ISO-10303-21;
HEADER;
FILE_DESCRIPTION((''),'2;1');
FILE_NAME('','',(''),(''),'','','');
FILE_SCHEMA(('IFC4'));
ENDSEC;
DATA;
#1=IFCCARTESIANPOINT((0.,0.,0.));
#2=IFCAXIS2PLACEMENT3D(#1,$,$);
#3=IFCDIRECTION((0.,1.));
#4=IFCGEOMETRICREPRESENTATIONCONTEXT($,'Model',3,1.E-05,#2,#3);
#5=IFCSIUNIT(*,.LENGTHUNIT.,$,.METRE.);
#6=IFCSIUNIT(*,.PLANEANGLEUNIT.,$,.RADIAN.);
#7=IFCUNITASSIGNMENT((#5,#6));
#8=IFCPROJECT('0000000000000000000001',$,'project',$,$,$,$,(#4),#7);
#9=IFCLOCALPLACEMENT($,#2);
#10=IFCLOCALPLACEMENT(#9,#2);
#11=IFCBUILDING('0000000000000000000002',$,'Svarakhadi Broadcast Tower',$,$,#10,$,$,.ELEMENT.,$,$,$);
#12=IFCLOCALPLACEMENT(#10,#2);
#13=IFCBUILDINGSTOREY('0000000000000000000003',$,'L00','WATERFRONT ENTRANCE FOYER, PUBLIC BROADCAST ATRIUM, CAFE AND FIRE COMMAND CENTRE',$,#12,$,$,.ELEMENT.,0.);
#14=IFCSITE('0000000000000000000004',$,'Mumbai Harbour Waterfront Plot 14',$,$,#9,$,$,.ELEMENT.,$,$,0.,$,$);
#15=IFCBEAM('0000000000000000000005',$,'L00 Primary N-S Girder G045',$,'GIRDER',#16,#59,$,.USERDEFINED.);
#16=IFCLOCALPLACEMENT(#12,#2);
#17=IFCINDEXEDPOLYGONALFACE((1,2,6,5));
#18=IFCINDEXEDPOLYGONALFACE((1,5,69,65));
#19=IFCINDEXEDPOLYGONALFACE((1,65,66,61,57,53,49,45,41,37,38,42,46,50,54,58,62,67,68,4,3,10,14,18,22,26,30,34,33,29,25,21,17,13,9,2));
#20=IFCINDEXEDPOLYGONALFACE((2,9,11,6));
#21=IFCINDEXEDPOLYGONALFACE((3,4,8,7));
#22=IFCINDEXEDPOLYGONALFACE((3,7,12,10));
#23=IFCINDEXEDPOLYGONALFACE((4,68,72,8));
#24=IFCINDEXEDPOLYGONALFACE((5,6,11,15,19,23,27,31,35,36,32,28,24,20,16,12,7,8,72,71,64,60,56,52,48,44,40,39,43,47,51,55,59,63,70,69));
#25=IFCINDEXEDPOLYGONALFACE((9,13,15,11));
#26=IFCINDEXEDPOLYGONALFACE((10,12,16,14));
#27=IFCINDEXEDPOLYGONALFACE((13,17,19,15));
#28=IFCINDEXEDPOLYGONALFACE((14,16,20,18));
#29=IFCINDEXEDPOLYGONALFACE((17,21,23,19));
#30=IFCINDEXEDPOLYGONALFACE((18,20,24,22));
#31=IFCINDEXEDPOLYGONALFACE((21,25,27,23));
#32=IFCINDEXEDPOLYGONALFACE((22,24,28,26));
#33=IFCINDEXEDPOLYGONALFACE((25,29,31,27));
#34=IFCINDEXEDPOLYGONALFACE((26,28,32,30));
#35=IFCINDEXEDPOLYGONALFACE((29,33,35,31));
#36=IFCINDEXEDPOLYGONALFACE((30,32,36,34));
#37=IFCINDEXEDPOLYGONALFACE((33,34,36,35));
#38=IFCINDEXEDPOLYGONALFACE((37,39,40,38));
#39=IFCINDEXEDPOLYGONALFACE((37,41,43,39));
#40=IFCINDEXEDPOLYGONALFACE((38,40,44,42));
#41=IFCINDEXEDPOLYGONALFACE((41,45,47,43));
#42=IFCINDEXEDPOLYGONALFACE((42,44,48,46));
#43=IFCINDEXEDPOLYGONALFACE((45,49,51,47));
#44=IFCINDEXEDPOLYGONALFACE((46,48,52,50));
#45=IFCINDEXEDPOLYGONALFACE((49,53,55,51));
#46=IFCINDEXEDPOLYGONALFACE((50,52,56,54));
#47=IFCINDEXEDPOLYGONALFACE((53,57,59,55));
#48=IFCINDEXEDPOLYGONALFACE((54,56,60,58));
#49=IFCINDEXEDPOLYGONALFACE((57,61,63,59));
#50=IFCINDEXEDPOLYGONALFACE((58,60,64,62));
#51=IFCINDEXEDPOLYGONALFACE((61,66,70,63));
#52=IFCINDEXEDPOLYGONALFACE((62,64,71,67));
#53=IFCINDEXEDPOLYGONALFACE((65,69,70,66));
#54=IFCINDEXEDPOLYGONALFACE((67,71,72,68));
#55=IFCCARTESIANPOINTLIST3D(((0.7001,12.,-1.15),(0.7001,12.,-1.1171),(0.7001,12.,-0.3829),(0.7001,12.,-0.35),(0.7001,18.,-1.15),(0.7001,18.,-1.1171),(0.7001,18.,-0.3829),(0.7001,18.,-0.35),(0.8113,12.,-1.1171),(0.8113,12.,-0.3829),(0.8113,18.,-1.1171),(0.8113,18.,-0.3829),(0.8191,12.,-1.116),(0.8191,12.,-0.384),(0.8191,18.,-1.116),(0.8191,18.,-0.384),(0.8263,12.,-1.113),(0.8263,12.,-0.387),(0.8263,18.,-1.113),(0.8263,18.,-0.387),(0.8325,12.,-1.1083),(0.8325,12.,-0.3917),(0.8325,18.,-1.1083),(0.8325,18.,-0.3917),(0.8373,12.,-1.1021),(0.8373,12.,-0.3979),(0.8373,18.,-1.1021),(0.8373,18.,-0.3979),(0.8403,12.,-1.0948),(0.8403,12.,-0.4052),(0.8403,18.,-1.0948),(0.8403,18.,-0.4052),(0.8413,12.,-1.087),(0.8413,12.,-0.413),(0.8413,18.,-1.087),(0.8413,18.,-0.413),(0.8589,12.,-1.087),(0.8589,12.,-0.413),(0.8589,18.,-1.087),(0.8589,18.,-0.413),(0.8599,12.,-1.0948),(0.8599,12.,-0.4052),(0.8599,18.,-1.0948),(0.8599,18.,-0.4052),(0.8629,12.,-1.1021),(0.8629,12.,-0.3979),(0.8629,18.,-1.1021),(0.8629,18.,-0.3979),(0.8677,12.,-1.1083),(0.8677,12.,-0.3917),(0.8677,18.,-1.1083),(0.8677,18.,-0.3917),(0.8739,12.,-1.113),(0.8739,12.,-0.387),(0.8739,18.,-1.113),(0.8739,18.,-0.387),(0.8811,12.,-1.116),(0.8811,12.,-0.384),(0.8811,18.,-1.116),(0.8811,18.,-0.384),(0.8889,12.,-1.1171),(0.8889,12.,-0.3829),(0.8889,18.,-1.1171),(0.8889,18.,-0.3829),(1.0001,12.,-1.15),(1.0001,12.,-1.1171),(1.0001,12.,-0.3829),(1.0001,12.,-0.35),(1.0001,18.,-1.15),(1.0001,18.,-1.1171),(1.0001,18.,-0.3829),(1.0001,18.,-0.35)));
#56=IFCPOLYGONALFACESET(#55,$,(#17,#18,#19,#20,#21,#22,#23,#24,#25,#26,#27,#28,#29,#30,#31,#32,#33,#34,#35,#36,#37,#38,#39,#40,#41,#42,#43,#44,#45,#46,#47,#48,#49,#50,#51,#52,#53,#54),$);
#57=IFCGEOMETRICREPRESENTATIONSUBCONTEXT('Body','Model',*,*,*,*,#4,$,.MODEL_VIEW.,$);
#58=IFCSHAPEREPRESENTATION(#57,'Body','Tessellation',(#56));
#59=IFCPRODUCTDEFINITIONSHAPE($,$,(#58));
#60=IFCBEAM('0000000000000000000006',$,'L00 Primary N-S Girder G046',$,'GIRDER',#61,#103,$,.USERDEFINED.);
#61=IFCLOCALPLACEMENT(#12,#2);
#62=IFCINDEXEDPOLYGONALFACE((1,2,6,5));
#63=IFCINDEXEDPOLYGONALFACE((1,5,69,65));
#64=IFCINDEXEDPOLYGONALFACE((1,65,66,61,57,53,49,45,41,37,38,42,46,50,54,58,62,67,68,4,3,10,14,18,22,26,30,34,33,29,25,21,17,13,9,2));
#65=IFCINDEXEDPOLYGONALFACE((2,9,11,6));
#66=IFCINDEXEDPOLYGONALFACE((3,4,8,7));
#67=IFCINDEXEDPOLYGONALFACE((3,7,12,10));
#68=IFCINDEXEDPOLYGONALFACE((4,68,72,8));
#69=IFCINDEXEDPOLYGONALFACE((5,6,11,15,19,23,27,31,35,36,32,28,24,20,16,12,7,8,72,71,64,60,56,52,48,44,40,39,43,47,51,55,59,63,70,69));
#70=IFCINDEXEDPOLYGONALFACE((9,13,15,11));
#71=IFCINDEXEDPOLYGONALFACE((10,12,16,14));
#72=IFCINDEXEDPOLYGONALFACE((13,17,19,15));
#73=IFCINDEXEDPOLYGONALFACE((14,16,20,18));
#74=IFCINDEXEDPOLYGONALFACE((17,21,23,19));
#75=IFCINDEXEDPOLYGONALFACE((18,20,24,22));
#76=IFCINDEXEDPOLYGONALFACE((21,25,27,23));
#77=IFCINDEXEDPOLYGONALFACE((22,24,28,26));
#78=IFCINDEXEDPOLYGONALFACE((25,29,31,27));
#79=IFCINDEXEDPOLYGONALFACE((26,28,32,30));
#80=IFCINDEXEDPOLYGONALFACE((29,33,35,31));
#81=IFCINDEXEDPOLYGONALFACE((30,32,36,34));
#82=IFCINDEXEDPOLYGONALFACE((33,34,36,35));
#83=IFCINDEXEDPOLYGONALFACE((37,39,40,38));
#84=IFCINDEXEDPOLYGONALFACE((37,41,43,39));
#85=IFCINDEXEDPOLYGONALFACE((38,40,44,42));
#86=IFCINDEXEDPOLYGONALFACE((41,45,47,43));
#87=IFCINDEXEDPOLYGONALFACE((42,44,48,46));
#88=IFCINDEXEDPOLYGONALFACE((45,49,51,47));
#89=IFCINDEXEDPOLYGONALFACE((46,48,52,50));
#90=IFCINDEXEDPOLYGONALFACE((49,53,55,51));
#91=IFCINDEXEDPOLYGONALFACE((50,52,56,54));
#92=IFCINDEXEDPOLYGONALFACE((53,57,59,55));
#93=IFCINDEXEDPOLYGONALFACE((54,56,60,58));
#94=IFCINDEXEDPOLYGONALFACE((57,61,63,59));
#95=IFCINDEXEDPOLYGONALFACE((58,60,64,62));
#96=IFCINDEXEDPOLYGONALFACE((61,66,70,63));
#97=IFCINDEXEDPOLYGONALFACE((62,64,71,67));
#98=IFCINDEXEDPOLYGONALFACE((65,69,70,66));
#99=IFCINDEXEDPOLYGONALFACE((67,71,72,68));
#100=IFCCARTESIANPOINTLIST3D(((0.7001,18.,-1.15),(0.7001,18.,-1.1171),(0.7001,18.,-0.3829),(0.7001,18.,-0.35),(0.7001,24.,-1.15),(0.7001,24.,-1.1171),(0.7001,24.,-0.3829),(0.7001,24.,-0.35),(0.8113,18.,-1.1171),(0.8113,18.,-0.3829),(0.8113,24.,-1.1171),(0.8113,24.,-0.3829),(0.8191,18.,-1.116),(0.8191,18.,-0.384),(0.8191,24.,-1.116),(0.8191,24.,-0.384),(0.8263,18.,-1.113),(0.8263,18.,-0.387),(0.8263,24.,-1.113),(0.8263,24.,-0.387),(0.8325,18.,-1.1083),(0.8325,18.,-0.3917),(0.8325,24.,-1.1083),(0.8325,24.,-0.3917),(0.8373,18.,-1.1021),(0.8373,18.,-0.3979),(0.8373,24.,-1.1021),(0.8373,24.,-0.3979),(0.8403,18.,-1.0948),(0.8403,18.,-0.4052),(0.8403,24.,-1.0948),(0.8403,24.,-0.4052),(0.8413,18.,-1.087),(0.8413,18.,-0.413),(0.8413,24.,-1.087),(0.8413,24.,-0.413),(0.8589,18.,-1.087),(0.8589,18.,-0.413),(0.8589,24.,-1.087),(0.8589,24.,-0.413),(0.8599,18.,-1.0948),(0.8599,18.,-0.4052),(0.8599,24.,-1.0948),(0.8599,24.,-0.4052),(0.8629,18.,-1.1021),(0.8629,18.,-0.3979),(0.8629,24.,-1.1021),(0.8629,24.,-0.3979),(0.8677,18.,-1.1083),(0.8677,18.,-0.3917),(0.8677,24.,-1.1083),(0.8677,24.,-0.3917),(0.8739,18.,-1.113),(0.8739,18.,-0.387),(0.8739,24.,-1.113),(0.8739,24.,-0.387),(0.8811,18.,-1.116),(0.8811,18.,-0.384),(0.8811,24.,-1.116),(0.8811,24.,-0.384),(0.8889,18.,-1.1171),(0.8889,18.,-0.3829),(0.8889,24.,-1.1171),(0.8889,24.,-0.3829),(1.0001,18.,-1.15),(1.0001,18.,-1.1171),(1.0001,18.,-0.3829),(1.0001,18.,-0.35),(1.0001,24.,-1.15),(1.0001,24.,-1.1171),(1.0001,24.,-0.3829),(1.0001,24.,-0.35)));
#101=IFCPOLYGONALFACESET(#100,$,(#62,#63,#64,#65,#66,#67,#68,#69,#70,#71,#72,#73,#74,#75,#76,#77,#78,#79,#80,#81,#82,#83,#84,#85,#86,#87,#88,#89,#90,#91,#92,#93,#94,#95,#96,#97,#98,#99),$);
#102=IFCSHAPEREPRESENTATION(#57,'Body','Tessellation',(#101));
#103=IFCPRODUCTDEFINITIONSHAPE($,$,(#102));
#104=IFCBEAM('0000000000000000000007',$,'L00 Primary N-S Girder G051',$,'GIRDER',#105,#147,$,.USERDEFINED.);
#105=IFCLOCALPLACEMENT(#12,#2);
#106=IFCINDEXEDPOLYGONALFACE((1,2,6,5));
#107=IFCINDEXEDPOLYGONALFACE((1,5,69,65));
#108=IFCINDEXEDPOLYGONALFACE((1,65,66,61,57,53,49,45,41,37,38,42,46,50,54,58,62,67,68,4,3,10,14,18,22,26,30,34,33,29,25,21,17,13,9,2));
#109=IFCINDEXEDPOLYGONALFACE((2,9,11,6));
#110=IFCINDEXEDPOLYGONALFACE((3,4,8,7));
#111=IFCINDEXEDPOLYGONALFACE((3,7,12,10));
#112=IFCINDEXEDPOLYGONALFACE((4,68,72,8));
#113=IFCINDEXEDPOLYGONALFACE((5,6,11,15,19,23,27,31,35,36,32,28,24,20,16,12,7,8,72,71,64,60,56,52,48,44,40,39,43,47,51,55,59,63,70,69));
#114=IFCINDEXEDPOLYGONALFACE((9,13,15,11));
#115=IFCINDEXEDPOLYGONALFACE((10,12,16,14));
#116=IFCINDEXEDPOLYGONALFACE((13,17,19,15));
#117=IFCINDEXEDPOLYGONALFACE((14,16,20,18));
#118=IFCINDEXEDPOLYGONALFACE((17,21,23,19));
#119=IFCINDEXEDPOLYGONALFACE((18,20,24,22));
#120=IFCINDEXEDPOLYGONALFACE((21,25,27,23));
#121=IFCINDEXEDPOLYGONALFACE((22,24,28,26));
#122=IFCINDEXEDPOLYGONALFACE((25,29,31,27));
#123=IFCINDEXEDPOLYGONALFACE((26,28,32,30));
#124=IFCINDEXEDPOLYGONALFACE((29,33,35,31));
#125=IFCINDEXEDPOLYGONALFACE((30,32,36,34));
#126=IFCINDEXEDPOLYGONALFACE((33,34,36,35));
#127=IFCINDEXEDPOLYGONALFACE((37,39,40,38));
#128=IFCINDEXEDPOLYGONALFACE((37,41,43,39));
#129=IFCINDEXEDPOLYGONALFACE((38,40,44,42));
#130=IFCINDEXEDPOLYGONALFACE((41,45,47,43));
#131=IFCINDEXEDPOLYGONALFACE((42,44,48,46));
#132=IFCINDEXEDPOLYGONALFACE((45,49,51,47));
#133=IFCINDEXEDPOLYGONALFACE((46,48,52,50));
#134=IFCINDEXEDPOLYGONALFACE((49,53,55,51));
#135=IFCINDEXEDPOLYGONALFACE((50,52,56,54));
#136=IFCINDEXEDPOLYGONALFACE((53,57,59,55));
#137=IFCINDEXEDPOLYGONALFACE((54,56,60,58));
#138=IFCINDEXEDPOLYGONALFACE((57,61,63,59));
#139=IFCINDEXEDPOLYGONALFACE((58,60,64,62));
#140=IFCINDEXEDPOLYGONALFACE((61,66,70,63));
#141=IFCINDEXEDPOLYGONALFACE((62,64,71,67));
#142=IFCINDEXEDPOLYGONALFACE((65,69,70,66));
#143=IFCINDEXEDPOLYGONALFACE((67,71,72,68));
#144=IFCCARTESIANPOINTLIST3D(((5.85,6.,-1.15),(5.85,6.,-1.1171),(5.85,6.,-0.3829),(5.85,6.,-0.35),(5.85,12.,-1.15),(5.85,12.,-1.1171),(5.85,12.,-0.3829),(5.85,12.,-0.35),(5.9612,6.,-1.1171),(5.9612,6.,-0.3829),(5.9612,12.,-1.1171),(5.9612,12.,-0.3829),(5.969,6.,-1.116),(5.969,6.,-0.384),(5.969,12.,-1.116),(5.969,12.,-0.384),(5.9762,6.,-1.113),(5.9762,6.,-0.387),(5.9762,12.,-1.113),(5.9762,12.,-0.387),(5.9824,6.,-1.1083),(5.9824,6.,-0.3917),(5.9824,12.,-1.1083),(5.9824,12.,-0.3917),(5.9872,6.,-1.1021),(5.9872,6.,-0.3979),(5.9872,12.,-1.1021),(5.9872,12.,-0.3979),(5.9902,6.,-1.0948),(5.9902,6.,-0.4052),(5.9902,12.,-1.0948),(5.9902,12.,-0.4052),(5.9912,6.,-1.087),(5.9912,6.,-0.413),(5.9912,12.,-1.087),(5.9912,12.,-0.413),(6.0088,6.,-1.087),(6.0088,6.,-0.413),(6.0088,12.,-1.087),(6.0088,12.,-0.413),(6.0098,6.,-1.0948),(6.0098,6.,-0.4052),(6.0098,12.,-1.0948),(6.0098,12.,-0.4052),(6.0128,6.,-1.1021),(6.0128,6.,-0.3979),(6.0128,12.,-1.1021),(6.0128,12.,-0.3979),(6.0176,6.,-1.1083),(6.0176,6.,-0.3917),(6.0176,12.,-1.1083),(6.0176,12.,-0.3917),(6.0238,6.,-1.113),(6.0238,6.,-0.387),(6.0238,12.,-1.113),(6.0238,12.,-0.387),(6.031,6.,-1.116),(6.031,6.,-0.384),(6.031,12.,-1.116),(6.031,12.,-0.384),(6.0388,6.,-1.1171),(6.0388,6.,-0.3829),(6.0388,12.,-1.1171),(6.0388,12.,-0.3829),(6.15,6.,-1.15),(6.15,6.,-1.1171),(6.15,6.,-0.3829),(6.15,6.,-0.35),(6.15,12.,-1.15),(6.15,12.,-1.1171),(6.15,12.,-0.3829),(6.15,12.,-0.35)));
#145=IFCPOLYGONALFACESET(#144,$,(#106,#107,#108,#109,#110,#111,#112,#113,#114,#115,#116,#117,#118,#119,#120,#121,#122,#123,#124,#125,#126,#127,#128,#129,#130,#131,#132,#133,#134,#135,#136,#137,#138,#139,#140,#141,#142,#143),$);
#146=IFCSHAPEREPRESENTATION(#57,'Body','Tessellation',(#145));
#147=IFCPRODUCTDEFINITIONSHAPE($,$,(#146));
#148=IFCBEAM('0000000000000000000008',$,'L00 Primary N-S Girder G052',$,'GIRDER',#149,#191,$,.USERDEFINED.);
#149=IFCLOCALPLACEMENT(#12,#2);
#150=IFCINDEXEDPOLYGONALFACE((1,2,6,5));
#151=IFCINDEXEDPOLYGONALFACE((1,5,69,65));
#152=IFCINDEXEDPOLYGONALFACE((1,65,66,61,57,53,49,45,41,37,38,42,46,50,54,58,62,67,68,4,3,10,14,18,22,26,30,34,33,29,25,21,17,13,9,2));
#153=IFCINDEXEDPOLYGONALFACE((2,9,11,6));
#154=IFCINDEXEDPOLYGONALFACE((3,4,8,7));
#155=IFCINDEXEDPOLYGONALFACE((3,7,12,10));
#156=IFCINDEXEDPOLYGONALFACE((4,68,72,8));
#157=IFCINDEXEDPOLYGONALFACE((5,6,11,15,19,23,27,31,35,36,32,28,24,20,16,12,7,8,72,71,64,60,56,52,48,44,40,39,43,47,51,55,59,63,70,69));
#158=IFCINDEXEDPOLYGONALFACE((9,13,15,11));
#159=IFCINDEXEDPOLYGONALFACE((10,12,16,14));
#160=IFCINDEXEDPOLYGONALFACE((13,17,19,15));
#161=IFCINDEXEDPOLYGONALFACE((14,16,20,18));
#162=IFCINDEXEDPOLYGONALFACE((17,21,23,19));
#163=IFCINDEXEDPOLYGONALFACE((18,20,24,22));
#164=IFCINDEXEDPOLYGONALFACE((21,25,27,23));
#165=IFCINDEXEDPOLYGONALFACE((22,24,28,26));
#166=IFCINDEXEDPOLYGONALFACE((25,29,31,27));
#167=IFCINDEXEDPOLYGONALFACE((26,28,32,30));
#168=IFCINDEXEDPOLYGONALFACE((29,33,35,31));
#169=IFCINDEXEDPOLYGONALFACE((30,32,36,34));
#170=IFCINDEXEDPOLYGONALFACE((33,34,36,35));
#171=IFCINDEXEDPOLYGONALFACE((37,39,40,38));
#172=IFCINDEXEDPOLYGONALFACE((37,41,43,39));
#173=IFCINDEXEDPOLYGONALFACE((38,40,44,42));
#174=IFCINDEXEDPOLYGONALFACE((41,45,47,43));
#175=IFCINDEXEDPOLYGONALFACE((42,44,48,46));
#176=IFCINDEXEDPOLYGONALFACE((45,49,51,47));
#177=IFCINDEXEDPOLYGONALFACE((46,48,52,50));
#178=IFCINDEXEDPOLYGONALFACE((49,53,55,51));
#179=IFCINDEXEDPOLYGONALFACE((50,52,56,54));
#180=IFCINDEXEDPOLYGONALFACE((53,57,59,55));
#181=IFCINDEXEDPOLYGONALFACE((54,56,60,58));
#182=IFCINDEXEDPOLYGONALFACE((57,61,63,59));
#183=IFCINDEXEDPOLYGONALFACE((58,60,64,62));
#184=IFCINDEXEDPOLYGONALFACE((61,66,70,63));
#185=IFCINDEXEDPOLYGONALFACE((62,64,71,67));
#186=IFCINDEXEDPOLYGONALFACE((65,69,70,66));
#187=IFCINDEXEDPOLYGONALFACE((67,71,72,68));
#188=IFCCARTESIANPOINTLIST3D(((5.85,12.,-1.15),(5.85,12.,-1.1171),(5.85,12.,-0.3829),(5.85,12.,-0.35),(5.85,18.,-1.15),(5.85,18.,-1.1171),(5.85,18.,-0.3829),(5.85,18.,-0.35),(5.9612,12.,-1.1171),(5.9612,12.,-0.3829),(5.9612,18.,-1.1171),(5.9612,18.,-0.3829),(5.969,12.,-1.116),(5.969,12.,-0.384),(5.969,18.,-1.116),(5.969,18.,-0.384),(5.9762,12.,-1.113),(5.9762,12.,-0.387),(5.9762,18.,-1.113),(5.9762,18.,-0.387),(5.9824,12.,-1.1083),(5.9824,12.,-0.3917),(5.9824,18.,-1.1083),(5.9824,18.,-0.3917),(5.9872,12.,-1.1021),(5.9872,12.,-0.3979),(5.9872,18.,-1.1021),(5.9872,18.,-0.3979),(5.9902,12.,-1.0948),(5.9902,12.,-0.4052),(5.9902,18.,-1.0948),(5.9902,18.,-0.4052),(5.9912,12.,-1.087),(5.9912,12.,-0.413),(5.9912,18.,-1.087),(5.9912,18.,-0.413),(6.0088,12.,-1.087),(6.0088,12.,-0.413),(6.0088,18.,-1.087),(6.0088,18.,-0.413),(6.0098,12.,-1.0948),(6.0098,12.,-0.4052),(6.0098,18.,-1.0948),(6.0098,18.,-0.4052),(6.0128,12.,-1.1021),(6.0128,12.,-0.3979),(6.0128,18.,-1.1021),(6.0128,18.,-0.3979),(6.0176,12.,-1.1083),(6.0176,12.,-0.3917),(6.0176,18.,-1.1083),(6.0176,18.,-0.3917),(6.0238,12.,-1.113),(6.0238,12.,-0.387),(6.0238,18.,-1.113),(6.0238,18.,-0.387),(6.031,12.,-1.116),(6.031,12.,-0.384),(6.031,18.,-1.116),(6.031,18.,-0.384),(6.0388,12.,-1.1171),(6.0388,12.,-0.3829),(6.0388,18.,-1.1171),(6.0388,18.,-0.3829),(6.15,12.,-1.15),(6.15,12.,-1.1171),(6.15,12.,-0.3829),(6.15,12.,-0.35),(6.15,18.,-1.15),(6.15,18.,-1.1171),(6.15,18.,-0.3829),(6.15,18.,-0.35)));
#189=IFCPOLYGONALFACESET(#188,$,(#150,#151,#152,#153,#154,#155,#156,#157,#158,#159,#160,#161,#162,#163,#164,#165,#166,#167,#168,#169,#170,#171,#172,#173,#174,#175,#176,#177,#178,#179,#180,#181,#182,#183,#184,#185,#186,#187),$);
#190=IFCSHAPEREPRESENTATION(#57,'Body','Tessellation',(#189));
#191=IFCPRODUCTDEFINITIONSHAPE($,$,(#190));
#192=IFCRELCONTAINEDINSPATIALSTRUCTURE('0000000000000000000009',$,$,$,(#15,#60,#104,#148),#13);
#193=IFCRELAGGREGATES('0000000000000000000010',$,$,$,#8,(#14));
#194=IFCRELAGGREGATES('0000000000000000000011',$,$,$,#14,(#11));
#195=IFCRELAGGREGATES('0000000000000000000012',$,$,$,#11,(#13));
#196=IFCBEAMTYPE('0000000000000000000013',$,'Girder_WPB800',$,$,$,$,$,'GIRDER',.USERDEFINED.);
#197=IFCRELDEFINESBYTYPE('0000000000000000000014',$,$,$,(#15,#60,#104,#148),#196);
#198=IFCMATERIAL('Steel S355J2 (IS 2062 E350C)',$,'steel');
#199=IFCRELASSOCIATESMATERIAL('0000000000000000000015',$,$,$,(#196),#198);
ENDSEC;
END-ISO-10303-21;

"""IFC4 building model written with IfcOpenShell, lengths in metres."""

from ifc_helpers import new_model, si_unit, direction, frame, origin, origin_2d, place, context, subcontext, project, spatial, i_section, extrude, material, material_profile, profile_set, type_object, element, save


model = new_model("IFC4")

# Units and contexts
model_context = context("Model", 3, precision=1e-05, world=origin(), true_north=direction((0.0, 1.0)))
body_context = subcontext(model_context, "Body", "Model", "MODEL_VIEW")
ifc_project = project(units=[si_unit("LENGTHUNIT", "METRE"), si_unit("PLANEANGLEUNIT", "RADIAN")], contexts=[model_context])

# Site, building, storey
site_placement = place(None, origin())
site = spatial("IfcSite", under=ifc_project, at=site_placement, Name="Mumbai Harbour Waterfront Plot 14", CompositionType="ELEMENT", RefElevation=0.0)
building_placement = place(site_placement, origin())
building = spatial("IfcBuilding", under=site, at=building_placement, Name="Svarakhadi Broadcast Tower", CompositionType="ELEMENT")
storey_placement = place(building_placement, origin())
storey = spatial("IfcBuildingStorey", under=building, at=storey_placement, Name="L00", Description="WATERFRONT ENTRANCE FOYER, PUBLIC BROADCAST ATRIUM, CAFE AND FIRE COMMAND CENTRE", CompositionType="ELEMENT", Elevation=0.0)

# Beams
ifc_material_1 = material(Name="Steel S355J2 (IS 2062 E350C)", Category="steel")
ifc_material_profile_1 = material_profile(ifc_material_1, i_section(OverallWidth=0.3, OverallDepth=0.8, WebThickness=0.0176, FlangeThickness=0.033, FilletRadius=0.03, at=origin_2d()), Name="WPB 800x300x262")
ifc_profile_set_1 = profile_set([ifc_material_profile_1], Name="Steel S355J2 (IS 2062 E350C)")
beam_type_1 = type_object("IfcBeamType", Name="Girder_WPB800", ElementType="GIRDER", PredefinedType="USERDEFINED", material=ifc_profile_set_1)
for number, where, z_axis, x_axis, name in (
    (1, (0.8501, 12.0, -0.75), (0.0, 1.0, 0.0), (-1.0, 0.0, 0.0), "L00 Primary N-S Girder G045"),
    (2, (0.8501, 18.0, -0.75), (0.0, 1.0, 0.0), (-1.0, 0.0, 0.0), "L00 Primary N-S Girder G046"),
    (3, (6.0, 6.0, -0.75), (0.0, 1.0, 0.0), (-1.0, 0.0, 0.0), "L00 Primary N-S Girder G051"),
    (4, (6.0, 12.0, -0.75), (0.0, 1.0, 0.0), (-1.0, 0.0, 0.0), "L00 Primary N-S Girder G052"),
):
    element("IfcBeam", number, at=place(storey_placement, frame(where, z_axis=z_axis, x_axis=x_axis)), inside=storey, type_object=beam_type_1, Name=name, ObjectType="GIRDER", PredefinedType="USERDEFINED", context=body_context, shape_type="SweptSolid", body=[
        extrude(i_section(OverallWidth=0.3, OverallDepth=0.8, WebThickness=0.0176, FlangeThickness=0.033, FilletRadius=0.03, at=origin_2d()), origin(), (0.0, 0.0, 1.0), 6.0),
    ])

save(model, "model.ifc")
